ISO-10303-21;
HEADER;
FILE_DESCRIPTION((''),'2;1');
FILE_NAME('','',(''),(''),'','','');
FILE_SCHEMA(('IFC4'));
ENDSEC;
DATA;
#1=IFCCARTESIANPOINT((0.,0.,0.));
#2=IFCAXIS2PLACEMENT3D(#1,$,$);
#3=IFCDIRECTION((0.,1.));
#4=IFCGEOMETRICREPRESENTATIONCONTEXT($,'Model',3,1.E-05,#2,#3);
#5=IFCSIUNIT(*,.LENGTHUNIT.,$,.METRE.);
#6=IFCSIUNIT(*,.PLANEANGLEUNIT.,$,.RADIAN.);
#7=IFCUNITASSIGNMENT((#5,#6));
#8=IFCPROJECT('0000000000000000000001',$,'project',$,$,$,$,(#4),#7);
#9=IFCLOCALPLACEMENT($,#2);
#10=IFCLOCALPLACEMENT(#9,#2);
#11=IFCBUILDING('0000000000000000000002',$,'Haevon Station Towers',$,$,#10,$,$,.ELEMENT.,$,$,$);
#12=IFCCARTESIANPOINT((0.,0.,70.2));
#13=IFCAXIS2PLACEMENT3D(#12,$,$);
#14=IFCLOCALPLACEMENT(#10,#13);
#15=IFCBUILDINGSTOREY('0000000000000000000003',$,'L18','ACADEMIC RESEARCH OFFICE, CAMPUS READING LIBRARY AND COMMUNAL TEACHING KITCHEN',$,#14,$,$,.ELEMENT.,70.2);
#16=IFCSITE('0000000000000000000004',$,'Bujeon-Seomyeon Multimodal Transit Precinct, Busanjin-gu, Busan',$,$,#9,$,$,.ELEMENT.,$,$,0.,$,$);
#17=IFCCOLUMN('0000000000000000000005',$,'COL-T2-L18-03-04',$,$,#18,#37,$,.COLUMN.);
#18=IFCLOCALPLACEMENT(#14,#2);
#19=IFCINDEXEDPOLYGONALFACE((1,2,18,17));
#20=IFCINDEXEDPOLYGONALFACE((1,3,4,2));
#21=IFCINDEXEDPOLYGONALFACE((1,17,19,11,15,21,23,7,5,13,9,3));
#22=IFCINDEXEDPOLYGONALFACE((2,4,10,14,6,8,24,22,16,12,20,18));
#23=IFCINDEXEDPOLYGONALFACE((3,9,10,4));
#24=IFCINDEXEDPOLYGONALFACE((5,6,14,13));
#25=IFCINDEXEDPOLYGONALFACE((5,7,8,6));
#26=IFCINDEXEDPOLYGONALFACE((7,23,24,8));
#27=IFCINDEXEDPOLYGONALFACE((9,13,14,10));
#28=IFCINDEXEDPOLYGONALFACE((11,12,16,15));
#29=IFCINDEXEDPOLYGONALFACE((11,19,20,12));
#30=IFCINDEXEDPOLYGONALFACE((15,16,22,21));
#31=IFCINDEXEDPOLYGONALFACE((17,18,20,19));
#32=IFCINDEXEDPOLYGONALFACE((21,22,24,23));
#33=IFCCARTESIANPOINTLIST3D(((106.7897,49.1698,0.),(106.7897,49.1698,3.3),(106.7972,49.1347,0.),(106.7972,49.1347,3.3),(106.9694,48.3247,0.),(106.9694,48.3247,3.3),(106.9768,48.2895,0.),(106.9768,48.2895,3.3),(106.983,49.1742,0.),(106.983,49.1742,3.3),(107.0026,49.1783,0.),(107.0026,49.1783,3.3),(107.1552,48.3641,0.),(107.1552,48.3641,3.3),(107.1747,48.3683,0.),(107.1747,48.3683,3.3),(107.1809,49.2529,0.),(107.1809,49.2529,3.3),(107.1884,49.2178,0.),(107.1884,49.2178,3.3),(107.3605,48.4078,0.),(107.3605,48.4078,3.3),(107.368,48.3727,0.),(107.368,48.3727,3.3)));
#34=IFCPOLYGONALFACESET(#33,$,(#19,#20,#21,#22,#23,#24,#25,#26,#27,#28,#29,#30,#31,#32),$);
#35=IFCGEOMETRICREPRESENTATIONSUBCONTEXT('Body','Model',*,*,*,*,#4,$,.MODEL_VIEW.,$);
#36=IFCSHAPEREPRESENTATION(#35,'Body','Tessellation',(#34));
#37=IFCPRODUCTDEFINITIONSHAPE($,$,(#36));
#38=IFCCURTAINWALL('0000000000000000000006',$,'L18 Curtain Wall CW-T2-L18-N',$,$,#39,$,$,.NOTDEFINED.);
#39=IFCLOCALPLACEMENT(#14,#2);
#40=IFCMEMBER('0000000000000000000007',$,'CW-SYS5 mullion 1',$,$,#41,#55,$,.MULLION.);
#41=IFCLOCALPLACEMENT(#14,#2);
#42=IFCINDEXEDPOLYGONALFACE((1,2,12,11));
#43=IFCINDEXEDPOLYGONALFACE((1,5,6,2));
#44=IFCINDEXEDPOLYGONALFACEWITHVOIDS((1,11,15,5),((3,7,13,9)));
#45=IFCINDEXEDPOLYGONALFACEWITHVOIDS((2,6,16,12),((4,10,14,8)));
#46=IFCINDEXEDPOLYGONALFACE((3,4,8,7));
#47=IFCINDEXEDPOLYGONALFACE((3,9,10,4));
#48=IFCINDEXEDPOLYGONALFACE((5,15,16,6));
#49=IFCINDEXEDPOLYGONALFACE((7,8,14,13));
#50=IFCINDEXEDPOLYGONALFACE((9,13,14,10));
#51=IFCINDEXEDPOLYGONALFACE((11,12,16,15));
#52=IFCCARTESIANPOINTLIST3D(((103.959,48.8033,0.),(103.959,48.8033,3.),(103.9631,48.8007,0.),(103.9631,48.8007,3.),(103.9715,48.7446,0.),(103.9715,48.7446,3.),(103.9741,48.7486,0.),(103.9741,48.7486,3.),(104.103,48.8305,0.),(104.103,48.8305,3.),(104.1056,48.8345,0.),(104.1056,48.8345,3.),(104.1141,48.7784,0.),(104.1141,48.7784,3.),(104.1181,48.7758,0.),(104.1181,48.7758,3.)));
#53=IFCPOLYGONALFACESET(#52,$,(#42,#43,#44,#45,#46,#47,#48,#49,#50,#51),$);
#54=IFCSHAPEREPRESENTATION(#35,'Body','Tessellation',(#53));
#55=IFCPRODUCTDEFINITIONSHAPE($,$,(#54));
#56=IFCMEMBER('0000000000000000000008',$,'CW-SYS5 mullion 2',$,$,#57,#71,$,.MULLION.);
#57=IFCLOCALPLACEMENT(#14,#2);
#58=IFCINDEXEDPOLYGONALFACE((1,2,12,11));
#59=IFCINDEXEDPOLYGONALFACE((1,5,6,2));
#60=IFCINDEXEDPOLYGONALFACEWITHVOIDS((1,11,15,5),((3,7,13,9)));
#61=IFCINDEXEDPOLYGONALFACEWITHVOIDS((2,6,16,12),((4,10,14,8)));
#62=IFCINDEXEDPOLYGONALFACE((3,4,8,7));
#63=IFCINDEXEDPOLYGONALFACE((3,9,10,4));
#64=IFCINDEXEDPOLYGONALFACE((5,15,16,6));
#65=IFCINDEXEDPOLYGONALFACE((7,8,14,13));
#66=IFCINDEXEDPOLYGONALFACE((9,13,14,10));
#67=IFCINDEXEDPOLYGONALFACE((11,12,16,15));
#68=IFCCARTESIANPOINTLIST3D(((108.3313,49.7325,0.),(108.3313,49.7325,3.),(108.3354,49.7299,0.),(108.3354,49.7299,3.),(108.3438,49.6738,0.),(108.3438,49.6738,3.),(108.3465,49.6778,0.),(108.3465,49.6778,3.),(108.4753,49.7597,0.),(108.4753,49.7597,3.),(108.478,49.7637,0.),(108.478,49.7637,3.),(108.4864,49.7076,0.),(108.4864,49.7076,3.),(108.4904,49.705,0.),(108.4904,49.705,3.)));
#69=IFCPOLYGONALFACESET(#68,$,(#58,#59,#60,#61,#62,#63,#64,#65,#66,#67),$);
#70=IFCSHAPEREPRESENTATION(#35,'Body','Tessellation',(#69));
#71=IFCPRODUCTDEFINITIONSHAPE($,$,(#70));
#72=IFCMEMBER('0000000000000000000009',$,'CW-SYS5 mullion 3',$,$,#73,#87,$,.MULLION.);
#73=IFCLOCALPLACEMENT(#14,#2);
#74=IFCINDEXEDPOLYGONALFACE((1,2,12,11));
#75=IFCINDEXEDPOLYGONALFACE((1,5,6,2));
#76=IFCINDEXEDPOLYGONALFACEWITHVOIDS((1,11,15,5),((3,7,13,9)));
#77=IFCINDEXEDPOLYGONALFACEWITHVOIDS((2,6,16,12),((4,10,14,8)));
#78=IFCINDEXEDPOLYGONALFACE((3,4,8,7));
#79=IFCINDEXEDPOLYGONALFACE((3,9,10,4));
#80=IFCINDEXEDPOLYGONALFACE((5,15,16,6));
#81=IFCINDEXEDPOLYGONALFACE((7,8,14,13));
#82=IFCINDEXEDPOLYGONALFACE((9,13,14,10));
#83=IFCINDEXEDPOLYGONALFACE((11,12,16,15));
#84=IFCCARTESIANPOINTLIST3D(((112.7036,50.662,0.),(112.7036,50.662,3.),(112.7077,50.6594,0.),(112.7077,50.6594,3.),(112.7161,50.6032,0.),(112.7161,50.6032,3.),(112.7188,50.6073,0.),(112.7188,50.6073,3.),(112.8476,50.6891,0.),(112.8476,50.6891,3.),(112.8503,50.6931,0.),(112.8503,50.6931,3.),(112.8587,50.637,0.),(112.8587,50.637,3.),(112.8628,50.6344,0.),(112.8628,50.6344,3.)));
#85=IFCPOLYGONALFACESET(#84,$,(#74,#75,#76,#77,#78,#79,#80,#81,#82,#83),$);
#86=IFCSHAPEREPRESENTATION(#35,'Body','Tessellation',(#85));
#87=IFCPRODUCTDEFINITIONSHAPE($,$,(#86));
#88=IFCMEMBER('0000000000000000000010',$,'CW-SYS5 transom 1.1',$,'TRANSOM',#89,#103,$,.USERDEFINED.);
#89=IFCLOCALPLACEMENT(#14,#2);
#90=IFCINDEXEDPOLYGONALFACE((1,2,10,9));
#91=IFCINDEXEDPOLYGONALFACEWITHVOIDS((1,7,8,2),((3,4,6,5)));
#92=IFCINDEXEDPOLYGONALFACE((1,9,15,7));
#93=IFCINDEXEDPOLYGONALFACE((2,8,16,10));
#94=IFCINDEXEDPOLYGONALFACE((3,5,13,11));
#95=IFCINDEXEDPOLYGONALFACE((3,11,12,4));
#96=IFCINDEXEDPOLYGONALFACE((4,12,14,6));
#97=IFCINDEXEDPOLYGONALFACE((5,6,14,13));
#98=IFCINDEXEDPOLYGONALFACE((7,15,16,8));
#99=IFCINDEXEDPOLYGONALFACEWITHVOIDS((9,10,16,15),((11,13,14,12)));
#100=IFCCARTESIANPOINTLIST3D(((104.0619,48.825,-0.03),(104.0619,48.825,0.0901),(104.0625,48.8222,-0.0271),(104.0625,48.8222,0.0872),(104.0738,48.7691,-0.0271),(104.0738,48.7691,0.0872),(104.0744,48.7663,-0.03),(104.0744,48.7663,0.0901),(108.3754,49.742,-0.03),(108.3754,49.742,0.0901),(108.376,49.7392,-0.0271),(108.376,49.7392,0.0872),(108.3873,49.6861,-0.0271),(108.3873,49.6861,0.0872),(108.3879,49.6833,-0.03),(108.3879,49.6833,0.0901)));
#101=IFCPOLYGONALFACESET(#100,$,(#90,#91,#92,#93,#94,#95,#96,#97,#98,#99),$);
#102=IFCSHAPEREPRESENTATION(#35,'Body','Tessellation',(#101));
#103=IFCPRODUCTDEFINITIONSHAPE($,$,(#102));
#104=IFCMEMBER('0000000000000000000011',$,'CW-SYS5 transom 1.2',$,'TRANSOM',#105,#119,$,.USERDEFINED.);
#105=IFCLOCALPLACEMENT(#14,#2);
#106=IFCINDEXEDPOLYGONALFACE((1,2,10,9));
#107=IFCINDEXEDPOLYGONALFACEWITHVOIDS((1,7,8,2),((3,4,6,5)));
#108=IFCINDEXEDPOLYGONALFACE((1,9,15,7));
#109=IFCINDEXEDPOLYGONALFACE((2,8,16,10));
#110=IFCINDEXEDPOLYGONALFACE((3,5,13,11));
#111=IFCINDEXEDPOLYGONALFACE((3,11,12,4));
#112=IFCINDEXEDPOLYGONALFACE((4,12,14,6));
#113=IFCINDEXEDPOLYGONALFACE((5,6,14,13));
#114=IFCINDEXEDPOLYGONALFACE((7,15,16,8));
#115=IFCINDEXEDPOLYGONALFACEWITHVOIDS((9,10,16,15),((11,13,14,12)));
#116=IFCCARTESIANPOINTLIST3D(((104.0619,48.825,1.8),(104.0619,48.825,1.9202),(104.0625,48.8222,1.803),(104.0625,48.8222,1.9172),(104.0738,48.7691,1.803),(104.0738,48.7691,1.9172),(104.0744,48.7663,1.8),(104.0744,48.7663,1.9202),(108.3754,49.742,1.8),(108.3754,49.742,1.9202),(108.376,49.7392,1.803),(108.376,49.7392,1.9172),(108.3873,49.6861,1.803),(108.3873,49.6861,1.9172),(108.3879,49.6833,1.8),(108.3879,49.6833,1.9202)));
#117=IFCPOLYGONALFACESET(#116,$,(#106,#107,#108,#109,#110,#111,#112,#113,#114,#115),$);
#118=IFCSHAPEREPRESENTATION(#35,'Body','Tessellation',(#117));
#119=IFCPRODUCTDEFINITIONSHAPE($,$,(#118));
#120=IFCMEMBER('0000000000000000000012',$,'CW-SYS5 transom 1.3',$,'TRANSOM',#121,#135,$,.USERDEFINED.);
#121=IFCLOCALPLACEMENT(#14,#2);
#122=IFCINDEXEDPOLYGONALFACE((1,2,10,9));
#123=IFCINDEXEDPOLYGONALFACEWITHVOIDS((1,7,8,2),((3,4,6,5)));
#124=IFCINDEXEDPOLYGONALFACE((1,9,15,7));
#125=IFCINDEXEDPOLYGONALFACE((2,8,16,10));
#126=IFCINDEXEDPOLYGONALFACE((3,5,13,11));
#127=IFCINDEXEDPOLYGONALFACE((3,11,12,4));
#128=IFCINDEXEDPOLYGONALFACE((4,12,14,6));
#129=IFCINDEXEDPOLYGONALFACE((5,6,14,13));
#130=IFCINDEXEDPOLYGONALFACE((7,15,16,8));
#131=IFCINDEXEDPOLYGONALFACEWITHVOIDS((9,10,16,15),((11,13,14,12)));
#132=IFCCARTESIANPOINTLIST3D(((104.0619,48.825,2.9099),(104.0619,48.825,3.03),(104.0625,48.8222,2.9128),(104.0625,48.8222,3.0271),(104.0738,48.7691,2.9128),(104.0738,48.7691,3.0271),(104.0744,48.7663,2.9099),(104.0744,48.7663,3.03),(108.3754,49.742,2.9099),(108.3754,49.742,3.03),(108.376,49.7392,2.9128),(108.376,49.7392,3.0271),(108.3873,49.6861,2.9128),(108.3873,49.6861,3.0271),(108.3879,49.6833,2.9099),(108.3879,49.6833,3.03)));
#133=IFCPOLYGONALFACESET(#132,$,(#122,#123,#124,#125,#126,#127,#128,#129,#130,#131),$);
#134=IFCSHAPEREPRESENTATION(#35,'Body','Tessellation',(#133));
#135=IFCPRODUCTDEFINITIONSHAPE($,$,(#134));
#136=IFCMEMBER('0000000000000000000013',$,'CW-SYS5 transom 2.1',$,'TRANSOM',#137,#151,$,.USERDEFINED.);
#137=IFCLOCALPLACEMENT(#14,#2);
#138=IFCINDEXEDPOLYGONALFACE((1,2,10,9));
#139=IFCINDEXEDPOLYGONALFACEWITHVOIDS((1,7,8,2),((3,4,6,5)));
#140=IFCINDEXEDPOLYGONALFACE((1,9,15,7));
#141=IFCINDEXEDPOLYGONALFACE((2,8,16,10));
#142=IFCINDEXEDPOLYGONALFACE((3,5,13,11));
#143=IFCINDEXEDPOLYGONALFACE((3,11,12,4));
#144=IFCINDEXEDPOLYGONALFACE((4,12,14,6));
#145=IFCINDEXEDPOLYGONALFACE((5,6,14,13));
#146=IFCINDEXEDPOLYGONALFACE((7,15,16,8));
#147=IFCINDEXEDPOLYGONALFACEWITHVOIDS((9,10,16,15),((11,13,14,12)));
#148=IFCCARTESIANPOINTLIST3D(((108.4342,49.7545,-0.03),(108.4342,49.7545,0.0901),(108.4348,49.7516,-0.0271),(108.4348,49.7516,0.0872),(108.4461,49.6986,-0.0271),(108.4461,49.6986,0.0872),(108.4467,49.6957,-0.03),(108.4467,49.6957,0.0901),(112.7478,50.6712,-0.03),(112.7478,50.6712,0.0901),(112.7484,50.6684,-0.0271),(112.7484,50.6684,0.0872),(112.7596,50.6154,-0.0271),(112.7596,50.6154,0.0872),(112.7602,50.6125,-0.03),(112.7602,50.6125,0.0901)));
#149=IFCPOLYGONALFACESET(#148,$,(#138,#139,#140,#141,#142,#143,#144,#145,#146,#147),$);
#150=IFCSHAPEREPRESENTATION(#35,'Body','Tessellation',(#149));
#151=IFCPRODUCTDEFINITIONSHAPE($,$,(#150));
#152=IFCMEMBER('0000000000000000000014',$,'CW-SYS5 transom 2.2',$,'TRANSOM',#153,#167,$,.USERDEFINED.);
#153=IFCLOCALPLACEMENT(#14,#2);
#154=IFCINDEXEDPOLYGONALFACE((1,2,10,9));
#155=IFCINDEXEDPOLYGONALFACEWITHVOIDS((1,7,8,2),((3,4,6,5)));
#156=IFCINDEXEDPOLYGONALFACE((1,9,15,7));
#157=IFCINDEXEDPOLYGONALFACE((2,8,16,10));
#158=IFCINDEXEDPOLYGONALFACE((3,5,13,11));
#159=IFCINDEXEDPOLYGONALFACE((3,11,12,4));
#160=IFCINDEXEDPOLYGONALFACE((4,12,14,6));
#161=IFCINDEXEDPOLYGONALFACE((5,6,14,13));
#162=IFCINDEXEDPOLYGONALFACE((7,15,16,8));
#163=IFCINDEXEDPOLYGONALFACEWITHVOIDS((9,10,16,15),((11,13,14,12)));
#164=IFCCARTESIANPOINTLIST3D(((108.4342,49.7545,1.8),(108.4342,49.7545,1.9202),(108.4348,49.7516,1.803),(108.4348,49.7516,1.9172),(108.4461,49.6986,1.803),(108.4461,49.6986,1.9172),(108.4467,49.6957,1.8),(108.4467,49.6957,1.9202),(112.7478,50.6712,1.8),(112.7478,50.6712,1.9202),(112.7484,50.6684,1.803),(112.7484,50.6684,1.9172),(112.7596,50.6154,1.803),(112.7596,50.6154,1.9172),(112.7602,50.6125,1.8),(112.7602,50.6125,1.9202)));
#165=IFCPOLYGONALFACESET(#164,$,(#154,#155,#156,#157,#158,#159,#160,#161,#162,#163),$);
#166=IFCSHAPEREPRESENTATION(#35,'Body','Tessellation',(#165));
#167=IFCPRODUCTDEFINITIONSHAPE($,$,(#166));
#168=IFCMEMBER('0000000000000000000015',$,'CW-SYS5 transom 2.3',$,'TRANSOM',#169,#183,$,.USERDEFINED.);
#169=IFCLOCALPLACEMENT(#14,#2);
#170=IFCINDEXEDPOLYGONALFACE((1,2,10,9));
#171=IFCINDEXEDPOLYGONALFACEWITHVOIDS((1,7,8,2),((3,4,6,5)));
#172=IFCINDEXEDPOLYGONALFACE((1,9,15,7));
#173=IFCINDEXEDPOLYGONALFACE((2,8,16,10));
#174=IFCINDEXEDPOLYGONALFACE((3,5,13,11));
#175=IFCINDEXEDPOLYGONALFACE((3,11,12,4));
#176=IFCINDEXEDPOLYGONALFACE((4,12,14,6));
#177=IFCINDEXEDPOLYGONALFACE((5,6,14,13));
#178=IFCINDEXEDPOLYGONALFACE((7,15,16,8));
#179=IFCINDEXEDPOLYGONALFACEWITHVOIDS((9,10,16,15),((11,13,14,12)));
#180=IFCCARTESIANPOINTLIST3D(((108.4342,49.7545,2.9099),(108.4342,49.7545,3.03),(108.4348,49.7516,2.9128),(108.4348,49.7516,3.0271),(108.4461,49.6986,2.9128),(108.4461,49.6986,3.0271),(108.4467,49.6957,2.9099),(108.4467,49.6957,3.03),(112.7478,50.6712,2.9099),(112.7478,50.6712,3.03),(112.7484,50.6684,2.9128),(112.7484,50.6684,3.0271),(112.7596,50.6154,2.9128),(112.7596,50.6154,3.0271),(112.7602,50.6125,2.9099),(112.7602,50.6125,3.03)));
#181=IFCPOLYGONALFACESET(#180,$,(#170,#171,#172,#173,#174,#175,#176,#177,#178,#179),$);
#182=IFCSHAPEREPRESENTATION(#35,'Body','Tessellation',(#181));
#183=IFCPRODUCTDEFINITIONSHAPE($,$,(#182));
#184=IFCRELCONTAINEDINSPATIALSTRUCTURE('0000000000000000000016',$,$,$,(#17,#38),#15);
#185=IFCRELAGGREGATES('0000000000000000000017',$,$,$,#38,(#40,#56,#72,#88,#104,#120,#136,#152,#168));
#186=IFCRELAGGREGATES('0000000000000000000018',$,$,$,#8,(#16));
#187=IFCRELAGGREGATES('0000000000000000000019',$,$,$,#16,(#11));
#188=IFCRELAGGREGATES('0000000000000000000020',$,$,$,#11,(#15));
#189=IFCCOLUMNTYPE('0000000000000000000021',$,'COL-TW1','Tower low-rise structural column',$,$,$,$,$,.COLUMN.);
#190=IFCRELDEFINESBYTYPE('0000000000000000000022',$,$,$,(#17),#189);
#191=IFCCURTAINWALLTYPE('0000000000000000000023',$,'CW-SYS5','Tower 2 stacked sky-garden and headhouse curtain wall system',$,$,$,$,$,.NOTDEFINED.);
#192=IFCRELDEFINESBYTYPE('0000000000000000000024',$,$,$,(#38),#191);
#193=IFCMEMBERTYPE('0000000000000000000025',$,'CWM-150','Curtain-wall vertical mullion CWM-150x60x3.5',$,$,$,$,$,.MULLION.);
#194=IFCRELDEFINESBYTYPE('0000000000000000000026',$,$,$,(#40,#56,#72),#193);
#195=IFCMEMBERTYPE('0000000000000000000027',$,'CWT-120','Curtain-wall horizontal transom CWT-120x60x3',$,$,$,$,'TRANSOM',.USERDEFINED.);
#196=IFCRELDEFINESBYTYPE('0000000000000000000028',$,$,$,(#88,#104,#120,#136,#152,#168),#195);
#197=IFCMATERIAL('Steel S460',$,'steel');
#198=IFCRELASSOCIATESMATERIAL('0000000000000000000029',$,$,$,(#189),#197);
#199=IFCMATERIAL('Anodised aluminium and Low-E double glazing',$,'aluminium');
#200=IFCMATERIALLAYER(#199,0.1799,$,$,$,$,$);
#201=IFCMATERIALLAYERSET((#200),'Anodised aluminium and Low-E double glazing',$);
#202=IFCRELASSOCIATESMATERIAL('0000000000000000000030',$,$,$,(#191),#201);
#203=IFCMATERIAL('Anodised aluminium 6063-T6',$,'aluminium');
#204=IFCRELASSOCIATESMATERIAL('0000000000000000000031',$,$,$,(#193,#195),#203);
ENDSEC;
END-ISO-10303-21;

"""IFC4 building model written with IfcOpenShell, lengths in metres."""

from ifc_helpers import new_model, si_unit, direction, frame, origin, origin_2d, place, context, subcontext, project, spatial, hollow_rectangle, i_section, extrude, material, layer, layer_set, material_profile, profile_set, type_object, element, aggregate, save


model = new_model("IFC4")

# Units and contexts
model_context = context("Model", 3, precision=1e-05, world=origin(), true_north=direction((0.0, 1.0)))
body_context = subcontext(model_context, "Body", "Model", "MODEL_VIEW")
ifc_project = project(units=[si_unit("LENGTHUNIT", "METRE"), si_unit("PLANEANGLEUNIT", "RADIAN")], contexts=[model_context])

# Site, building, storey
site_placement = place(None, origin())
site = spatial("IfcSite", under=ifc_project, at=site_placement, Name="Bujeon-Seomyeon Multimodal Transit Precinct, Busanjin-gu, Busan", CompositionType="ELEMENT", RefElevation=0.0)
building_placement = place(site_placement, origin())
building = spatial("IfcBuilding", under=site, at=building_placement, Name="Haevon Station Towers", CompositionType="ELEMENT")
storey_placement = place(building_placement, frame((0.0, 0.0, 70.2)))
storey = spatial("IfcBuildingStorey", under=building, at=storey_placement, Name="L18", Description="ACADEMIC RESEARCH OFFICE, CAMPUS READING LIBRARY AND COMMUNAL TEACHING KITCHEN", CompositionType="ELEMENT", Elevation=70.2)

# Column
ifc_material_1 = material(Name="Steel S460", Category="steel")
ifc_material_profile_1 = material_profile(ifc_material_1, i_section(OverallWidth=0.3999, OverallDepth=0.8999, WebThickness=0.02, FlangeThickness=0.0359, at=origin_2d()), Name="H-900x400x20x36")
ifc_profile_set_1 = profile_set([ifc_material_profile_1], Name="Steel S460")
column_type = type_object("IfcColumnType", Name="COL-TW1", Description="Tower low-rise structural column", PredefinedType="COLUMN", material=ifc_profile_set_1)
column_placement = place(storey_placement, frame((107.0789, 48.7712, 0.0), z_axis=(0.0, 0.0, 1.0), x_axis=(0.978148, 0.207912, 0.0)))
element("IfcColumn", 1, at=column_placement, inside=storey, type_object=column_type, Name="COL-T2-L18-03-04", PredefinedType="COLUMN", context=body_context, shape_type="SweptSolid", body=[
    extrude(i_section(OverallWidth=0.3999, OverallDepth=0.8999, WebThickness=0.02, FlangeThickness=0.0359, at=origin_2d()), origin(), (0.0, 0.0, 1.0), 3.3),
])

# Curtain wall, members
ifc_material_2 = material(Name="Anodised aluminium and Low-E double glazing", Category="aluminium")
ifc_layer_1 = layer(ifc_material_2, 0.1799)
ifc_layer_set_1 = layer_set([ifc_layer_1], Name="Anodised aluminium and Low-E double glazing")
curtain_wall_type = type_object("IfcCurtainWallType", Name="CW-SYS5", Description="Tower 2 stacked sky-garden and headhouse curtain wall system", PredefinedType="NOTDEFINED", material=ifc_layer_set_1)
curtain_wall_placement = place(storey_placement, origin())
curtain_wall = element("IfcCurtainWall", 2, at=curtain_wall_placement, inside=storey, type_object=curtain_wall_type, Name="L18 Curtain Wall CW-T2-L18-N", PredefinedType="NOTDEFINED")
ifc_material_3 = material(Name="Anodised aluminium 6063-T6", Category="aluminium")
ifc_material_profile_2 = material_profile(ifc_material_3, hollow_rectangle(XDim=0.0601, YDim=0.1499, WallThickness=0.0034, at=origin_2d()), Name="CWM-150x60x3.5")
ifc_profile_set_2 = profile_set([ifc_material_profile_2], Name="Anodised aluminium 6063-T6")
member_type_1 = type_object("IfcMemberType", Name="CWM-150", Description="Curtain-wall vertical mullion CWM-150x60x3.5", PredefinedType="MULLION", material=ifc_profile_set_2)
member_1_placement = place(storey_placement, frame((104.0386, 48.7896, 0.0), z_axis=(0.0, 0.0, 1.0), x_axis=(-0.207912, 0.978148, 0.0)))
member_1 = element("IfcMember", 3, at=member_1_placement, type_object=member_type_1, Name="CW-SYS5 mullion 1", PredefinedType="MULLION", context=body_context, shape_type="SweptSolid", body=[
    extrude(hollow_rectangle(XDim=0.0601, YDim=0.1499, WallThickness=0.0034, at=origin_2d()), origin(), (0.0, 0.0, 1.0), 3.0),
])
member_2_placement = place(storey_placement, frame((108.4109, 49.7188, 0.0), z_axis=(0.0, 0.0, 1.0), x_axis=(-0.207912, 0.978148, 0.0)))
member_2 = element("IfcMember", 4, at=member_2_placement, type_object=member_type_1, Name="CW-SYS5 mullion 2", PredefinedType="MULLION", context=body_context, shape_type="SweptSolid", body=[
    extrude(hollow_rectangle(XDim=0.0601, YDim=0.1499, WallThickness=0.0034, at=origin_2d()), origin(), (0.0, 0.0, 1.0), 3.0),
])
member_3_placement = place(storey_placement, frame((112.7832, 50.6482, 0.0), z_axis=(0.0, 0.0, 1.0), x_axis=(-0.207912, 0.978148, 0.0)))
member_3 = element("IfcMember", 5, at=member_3_placement, type_object=member_type_1, Name="CW-SYS5 mullion 3", PredefinedType="MULLION", context=body_context, shape_type="SweptSolid", body=[
    extrude(hollow_rectangle(XDim=0.0601, YDim=0.1499, WallThickness=0.0034, at=origin_2d()), origin(), (0.0, 0.0, 1.0), 3.0),
])
ifc_material_profile_3 = material_profile(ifc_material_3, hollow_rectangle(XDim=0.0601, YDim=0.1201, WallThickness=0.0029, at=origin_2d()), Name="CWT-120x60x3")
ifc_profile_set_3 = profile_set([ifc_material_profile_3], Name="Anodised aluminium 6063-T6")
member_type_2 = type_object("IfcMemberType", Name="CWT-120", Description="Curtain-wall horizontal transom CWT-120x60x3", ElementType="TRANSOM", PredefinedType="USERDEFINED", material=ifc_profile_set_3)
member_4_placement = place(storey_placement, frame((104.0681, 48.7957, 0.03), z_axis=(0.978141, 0.207941, 0.0), x_axis=(-0.207941, 0.978141, 0.0)))
member_4 = element("IfcMember", 6, at=member_4_placement, type_object=member_type_2, Name="CW-SYS5 transom 1.1", ObjectType="TRANSOM", PredefinedType="USERDEFINED", context=body_context, shape_type="SweptSolid", body=[
    extrude(hollow_rectangle(XDim=0.0601, YDim=0.1201, WallThickness=0.0029, at=origin_2d()), origin(), (0.0, 0.0, 1.0), 4.4099),
])
member_5_placement = place(storey_placement, frame((104.0681, 48.7957, 1.8601), z_axis=(0.978141, 0.207941, 0.0), x_axis=(-0.207941, 0.978141, 0.0)))
member_5 = element("IfcMember", 7, at=member_5_placement, type_object=member_type_2, Name="CW-SYS5 transom 1.2", ObjectType="TRANSOM", PredefinedType="USERDEFINED", context=body_context, shape_type="SweptSolid", body=[
    extrude(hollow_rectangle(XDim=0.0601, YDim=0.1201, WallThickness=0.0029, at=origin_2d()), origin(), (0.0, 0.0, 1.0), 4.4099),
])
member_6_placement = place(storey_placement, frame((104.0681, 48.7957, 2.97), z_axis=(0.978141, 0.207941, 0.0), x_axis=(-0.207941, 0.978141, 0.0)))
member_6 = element("IfcMember", 8, at=member_6_placement, type_object=member_type_2, Name="CW-SYS5 transom 1.3", ObjectType="TRANSOM", PredefinedType="USERDEFINED", context=body_context, shape_type="SweptSolid", body=[
    extrude(hollow_rectangle(XDim=0.0601, YDim=0.1201, WallThickness=0.0029, at=origin_2d()), origin(), (0.0, 0.0, 1.0), 4.4099),
])
member_7_placement = place(storey_placement, frame((108.4404, 49.7251, 0.03), z_axis=(0.978153, 0.207888, 0.0), x_axis=(-0.207888, 0.978153, 0.0)))
member_7 = element("IfcMember", 9, at=member_7_placement, type_object=member_type_2, Name="CW-SYS5 transom 2.1", ObjectType="TRANSOM", PredefinedType="USERDEFINED", context=body_context, shape_type="SweptSolid", body=[
    extrude(hollow_rectangle(XDim=0.0601, YDim=0.1201, WallThickness=0.0029, at=origin_2d()), origin(), (0.0, 0.0, 1.0), 4.4099),
])
member_8_placement = place(storey_placement, frame((108.4404, 49.7251, 1.8601), z_axis=(0.978153, 0.207888, 0.0), x_axis=(-0.207888, 0.978153, 0.0)))
member_8 = element("IfcMember", 10, at=member_8_placement, type_object=member_type_2, Name="CW-SYS5 transom 2.2", ObjectType="TRANSOM", PredefinedType="USERDEFINED", context=body_context, shape_type="SweptSolid", body=[
    extrude(hollow_rectangle(XDim=0.0601, YDim=0.1201, WallThickness=0.0029, at=origin_2d()), origin(), (0.0, 0.0, 1.0), 4.4099),
])
member_9_placement = place(storey_placement, frame((108.4404, 49.7251, 2.97), z_axis=(0.978153, 0.207888, 0.0), x_axis=(-0.207888, 0.978153, 0.0)))
member_9 = element("IfcMember", 11, at=member_9_placement, type_object=member_type_2, Name="CW-SYS5 transom 2.3", ObjectType="TRANSOM", PredefinedType="USERDEFINED", context=body_context, shape_type="SweptSolid", body=[
    extrude(hollow_rectangle(XDim=0.0601, YDim=0.1201, WallThickness=0.0029, at=origin_2d()), origin(), (0.0, 0.0, 1.0), 4.4099),
])
aggregate(curtain_wall, [member_1, member_2, member_3, member_4, member_5, member_6, member_7, member_8, member_9])

save(model, "model.ifc")
